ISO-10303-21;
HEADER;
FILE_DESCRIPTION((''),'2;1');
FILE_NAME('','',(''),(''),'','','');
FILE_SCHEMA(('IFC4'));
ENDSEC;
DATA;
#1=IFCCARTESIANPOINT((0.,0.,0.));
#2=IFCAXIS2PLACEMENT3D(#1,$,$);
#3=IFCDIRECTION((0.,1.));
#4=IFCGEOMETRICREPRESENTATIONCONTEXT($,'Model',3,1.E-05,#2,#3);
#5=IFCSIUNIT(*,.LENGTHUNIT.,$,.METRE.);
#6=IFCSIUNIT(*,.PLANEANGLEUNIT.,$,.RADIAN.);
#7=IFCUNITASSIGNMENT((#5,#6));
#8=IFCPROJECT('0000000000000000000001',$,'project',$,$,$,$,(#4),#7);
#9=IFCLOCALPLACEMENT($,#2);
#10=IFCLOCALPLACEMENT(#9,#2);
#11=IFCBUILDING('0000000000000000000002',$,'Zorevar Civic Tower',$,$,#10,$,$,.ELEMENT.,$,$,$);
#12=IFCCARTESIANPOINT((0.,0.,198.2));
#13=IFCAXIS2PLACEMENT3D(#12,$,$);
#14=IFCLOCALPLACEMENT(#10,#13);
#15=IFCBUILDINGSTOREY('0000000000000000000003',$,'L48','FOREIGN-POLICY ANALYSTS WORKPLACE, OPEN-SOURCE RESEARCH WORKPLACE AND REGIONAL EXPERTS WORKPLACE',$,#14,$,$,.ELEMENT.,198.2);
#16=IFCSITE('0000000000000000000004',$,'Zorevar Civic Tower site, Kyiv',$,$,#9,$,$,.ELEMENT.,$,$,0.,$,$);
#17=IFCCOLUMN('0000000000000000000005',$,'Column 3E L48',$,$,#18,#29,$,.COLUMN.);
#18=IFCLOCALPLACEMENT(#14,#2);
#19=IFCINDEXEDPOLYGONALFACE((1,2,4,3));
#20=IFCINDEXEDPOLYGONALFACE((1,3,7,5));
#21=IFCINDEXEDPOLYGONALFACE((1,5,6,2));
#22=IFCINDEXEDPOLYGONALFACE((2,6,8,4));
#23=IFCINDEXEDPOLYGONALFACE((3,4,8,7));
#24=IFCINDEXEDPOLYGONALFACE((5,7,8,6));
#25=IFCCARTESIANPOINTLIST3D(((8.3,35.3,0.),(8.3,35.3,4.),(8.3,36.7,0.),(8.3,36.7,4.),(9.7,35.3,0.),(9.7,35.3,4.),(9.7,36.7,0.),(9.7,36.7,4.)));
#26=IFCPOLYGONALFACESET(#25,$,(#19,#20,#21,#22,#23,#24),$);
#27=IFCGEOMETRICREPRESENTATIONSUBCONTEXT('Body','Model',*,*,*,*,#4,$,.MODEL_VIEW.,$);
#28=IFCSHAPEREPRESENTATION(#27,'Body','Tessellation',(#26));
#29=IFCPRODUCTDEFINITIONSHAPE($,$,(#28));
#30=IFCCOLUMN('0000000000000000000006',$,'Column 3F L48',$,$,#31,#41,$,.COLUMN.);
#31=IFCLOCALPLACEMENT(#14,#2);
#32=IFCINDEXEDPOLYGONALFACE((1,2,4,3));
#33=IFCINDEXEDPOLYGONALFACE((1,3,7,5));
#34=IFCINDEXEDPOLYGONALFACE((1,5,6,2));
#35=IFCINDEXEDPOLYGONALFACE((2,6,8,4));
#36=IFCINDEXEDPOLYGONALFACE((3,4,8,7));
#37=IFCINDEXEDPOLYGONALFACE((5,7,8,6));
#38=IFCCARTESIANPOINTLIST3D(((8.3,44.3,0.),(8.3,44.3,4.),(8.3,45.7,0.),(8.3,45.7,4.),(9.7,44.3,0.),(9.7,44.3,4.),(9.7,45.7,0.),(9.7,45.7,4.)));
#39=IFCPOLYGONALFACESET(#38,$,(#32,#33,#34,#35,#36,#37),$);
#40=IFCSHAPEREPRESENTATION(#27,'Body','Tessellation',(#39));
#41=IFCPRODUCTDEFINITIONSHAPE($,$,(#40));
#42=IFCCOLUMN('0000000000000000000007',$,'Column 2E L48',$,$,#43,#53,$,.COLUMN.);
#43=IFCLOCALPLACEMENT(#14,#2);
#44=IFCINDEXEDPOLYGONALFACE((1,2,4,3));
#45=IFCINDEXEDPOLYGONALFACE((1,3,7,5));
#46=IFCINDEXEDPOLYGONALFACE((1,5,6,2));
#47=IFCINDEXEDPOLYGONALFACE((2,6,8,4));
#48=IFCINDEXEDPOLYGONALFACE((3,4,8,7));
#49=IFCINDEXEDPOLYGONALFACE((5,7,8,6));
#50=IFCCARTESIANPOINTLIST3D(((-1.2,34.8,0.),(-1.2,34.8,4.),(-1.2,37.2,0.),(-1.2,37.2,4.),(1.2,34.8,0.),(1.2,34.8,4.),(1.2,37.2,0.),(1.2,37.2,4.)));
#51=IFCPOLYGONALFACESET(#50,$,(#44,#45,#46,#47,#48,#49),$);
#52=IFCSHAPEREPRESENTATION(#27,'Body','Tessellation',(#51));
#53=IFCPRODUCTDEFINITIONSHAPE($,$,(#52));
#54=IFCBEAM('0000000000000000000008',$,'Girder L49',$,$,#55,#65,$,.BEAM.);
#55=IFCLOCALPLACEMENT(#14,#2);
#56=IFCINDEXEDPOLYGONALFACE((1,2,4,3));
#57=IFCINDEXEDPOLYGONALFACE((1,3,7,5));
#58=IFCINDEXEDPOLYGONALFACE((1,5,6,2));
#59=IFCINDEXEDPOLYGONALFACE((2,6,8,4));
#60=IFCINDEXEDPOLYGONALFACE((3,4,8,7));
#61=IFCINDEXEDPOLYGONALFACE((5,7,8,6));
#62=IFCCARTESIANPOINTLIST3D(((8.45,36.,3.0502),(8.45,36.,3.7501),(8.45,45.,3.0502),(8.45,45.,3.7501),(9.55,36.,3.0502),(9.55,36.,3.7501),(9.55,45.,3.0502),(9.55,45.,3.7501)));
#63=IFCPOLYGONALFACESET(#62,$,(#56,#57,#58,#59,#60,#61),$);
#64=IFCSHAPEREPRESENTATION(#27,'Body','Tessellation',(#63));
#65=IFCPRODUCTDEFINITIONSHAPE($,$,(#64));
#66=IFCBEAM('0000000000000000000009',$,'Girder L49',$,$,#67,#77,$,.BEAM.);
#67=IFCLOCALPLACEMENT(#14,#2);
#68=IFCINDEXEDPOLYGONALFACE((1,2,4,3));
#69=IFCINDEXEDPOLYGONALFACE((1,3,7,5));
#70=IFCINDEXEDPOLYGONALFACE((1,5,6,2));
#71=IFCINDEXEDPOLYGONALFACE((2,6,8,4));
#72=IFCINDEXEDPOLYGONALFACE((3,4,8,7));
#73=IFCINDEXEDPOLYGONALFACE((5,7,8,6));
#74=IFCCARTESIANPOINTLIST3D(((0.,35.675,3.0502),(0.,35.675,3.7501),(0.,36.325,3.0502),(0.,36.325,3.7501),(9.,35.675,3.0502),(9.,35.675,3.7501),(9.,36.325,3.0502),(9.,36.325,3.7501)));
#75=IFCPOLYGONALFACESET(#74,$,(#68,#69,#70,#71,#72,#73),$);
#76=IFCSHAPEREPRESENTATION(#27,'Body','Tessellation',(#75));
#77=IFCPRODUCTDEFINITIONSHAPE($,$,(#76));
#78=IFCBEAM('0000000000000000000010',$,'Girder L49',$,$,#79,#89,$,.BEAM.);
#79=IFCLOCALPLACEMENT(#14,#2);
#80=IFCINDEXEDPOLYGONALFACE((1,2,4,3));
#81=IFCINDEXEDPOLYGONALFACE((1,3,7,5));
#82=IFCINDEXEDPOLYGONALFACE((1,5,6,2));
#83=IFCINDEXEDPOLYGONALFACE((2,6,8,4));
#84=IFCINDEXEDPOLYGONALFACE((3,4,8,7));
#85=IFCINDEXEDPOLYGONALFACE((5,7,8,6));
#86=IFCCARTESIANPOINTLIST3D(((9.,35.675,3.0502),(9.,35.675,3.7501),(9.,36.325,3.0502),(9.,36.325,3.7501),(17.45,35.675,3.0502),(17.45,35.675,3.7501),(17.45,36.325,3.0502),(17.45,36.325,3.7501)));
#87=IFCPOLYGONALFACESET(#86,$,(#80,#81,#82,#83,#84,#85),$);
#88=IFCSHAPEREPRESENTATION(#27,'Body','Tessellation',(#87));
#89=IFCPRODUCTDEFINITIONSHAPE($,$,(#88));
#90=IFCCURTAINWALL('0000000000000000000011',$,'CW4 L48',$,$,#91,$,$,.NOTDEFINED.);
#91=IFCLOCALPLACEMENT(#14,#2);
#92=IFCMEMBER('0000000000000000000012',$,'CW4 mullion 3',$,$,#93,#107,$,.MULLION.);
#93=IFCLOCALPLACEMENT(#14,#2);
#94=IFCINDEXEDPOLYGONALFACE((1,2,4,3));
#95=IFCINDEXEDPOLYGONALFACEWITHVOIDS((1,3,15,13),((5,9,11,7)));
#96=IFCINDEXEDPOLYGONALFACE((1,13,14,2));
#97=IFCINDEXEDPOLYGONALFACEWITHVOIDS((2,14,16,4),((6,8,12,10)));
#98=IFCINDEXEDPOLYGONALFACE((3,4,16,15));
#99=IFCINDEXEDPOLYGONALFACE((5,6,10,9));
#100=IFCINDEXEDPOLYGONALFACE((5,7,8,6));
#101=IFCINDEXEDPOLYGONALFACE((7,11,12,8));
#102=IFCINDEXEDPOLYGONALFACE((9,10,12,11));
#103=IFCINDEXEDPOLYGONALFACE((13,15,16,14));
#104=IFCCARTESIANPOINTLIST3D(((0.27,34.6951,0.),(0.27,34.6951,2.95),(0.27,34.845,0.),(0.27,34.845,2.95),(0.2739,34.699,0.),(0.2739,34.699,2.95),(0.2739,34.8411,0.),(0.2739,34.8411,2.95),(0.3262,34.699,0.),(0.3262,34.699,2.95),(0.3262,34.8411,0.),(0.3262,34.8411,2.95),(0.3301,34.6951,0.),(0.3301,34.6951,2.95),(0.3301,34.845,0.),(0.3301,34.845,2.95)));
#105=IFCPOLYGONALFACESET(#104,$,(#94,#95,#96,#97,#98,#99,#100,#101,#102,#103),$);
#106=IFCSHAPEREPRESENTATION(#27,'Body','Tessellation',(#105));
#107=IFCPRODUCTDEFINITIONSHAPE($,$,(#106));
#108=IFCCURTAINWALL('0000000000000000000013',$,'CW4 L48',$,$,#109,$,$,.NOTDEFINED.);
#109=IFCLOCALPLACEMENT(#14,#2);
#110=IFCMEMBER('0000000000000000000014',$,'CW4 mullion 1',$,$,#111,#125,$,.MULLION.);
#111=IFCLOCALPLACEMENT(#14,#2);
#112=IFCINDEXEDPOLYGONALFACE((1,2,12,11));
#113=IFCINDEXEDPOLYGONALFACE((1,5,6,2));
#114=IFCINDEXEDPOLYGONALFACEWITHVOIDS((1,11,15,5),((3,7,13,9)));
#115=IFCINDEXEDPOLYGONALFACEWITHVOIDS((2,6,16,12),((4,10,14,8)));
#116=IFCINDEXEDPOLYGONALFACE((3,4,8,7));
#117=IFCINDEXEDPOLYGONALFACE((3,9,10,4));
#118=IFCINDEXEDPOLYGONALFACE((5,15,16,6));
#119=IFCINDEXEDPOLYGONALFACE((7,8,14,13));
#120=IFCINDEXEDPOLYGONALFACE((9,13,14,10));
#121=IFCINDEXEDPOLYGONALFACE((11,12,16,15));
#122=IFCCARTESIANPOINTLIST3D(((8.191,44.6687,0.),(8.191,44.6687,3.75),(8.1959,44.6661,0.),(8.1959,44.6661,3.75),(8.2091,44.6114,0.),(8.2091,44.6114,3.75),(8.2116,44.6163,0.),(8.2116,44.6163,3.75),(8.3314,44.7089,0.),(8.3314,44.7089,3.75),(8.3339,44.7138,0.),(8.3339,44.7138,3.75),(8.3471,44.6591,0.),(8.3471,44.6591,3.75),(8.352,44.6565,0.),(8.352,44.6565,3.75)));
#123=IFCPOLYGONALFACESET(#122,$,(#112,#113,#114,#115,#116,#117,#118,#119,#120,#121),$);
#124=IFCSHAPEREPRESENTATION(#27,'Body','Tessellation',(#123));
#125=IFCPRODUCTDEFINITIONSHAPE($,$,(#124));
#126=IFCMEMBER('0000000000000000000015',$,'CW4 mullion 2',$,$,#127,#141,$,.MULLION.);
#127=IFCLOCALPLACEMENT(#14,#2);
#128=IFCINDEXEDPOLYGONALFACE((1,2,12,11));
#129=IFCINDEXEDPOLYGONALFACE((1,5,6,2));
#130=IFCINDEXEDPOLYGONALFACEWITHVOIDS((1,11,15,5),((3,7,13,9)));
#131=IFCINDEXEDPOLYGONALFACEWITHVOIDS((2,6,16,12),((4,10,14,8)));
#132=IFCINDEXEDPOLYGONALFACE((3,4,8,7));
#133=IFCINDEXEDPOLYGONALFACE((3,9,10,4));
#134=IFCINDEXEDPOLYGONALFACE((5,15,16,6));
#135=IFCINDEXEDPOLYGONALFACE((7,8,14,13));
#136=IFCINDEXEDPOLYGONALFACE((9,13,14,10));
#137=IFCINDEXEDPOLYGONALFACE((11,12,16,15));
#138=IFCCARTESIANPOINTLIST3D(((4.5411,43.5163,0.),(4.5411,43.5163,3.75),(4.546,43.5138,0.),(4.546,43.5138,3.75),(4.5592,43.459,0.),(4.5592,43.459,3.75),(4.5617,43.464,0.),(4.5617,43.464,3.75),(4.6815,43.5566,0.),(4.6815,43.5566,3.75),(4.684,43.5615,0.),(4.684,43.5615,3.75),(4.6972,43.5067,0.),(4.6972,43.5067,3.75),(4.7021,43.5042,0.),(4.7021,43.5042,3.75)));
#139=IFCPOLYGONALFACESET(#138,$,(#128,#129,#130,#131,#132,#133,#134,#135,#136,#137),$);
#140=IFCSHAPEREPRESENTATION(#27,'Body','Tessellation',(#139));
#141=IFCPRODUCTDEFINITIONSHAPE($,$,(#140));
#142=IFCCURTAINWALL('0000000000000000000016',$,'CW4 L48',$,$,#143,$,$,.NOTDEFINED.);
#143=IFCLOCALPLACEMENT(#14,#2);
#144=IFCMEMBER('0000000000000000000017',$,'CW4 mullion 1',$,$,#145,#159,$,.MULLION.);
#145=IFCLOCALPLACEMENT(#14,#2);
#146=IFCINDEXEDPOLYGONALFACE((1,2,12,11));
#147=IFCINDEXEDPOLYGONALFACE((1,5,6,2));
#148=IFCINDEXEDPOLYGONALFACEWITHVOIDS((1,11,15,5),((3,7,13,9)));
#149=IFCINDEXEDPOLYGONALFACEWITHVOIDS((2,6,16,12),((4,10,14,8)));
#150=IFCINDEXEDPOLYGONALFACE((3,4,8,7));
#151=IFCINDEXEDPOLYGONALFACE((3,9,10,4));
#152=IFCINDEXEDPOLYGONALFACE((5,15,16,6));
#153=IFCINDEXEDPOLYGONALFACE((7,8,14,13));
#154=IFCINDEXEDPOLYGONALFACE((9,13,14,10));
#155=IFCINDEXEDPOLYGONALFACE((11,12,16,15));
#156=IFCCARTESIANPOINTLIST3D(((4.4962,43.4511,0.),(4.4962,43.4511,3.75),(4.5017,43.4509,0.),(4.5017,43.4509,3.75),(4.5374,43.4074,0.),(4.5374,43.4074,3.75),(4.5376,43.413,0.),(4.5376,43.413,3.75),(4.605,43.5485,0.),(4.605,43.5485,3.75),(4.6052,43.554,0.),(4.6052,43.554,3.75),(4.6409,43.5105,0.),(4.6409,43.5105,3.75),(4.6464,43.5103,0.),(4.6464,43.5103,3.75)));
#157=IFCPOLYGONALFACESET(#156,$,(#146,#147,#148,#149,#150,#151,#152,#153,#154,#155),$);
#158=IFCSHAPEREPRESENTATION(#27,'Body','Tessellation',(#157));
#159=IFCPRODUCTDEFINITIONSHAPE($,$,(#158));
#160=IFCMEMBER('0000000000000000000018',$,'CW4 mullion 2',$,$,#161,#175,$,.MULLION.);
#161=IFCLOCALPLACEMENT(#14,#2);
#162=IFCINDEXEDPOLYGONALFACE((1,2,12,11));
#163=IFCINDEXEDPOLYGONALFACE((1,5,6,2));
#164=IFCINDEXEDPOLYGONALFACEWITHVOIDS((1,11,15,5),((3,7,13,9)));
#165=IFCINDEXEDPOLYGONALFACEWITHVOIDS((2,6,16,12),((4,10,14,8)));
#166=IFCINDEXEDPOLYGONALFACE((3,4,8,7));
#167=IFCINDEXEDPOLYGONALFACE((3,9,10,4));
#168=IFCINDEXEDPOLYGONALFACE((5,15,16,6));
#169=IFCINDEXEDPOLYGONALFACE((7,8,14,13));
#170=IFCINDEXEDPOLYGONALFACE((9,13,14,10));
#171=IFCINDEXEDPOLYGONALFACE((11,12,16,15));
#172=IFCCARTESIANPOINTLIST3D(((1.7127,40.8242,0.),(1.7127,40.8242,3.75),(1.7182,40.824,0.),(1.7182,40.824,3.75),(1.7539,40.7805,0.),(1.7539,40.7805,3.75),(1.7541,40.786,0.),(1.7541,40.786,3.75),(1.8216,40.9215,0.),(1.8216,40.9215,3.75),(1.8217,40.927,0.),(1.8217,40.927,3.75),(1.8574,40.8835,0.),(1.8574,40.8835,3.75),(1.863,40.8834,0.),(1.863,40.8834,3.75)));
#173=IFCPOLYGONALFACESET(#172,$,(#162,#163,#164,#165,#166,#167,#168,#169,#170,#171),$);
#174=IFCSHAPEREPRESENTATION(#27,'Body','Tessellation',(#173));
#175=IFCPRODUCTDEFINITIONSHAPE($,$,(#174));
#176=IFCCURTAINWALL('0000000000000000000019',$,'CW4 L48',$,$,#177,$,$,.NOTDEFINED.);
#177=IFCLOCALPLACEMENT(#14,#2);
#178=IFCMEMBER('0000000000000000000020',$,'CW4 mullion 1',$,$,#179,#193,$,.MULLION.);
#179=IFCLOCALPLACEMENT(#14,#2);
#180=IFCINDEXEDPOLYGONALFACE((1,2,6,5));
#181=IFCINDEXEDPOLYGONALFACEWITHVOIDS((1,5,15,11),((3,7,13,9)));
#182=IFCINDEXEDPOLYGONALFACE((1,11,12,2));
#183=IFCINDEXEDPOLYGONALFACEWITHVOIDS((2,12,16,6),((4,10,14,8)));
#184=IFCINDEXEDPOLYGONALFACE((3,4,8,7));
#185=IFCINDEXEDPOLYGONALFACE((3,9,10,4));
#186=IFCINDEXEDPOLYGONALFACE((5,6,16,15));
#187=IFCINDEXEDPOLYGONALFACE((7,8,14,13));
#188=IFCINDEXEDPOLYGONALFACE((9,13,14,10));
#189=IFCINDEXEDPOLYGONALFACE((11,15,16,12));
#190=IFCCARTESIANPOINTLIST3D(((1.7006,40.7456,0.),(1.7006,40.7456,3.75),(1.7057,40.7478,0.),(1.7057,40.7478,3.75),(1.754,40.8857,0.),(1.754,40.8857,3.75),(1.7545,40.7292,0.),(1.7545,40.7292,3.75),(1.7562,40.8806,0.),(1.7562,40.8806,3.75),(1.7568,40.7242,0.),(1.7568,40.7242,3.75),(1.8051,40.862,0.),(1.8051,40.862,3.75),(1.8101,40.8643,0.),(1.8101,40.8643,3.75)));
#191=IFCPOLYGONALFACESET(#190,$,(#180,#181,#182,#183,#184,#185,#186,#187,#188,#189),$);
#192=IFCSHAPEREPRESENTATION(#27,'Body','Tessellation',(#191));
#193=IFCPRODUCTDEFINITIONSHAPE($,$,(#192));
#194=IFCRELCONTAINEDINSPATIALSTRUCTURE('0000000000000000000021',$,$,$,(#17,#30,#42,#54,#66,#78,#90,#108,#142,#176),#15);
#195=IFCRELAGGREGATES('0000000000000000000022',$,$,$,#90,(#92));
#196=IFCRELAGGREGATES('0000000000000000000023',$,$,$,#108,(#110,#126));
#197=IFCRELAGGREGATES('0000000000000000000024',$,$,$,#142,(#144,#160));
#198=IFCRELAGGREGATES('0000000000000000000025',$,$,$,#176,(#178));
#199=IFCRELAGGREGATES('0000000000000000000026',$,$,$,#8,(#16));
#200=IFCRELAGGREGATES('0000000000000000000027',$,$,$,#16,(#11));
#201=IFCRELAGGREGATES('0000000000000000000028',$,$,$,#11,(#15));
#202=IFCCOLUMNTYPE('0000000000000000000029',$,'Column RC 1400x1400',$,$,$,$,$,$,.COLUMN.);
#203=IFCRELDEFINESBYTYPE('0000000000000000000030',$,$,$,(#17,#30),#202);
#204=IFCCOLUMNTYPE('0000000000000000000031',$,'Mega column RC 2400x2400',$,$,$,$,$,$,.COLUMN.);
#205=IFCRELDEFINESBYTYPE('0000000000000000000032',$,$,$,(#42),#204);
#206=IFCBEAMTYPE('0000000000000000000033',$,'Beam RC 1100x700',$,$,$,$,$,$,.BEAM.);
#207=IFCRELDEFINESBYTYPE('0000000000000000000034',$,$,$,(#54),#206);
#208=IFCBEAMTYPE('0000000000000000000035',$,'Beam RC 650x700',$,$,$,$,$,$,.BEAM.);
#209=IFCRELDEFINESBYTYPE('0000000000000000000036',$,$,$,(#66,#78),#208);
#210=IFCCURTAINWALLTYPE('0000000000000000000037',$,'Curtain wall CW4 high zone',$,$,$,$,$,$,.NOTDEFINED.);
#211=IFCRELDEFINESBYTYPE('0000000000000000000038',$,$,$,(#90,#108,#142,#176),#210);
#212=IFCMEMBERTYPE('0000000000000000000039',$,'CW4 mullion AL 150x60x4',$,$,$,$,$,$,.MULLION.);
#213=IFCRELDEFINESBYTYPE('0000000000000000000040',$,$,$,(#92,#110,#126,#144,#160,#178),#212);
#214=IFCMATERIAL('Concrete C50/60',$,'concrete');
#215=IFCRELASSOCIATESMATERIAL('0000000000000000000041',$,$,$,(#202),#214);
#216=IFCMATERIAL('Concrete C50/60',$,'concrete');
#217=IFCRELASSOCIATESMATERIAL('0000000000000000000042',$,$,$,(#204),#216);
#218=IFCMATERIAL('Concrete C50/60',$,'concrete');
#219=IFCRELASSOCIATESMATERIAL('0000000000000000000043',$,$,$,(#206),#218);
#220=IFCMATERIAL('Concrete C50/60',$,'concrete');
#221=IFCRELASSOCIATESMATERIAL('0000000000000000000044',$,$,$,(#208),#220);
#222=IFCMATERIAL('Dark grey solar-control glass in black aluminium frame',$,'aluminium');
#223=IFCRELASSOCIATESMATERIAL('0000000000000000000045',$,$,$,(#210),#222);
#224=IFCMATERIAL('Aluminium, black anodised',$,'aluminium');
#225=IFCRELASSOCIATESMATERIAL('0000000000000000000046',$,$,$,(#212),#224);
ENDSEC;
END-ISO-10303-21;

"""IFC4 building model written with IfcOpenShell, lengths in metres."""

from ifc_helpers import new_model, si_unit, direction, frame, origin, origin_2d, place, context, subcontext, project, spatial, rectangle, hollow_rectangle, extrude, material, material_profile, profile_set, type_object, element, aggregate, save


model = new_model("IFC4")

# Units and contexts
model_context = context("Model", 3, precision=1e-05, world=origin(), true_north=direction((0.0, 1.0)))
body_context = subcontext(model_context, "Body", "Model", "MODEL_VIEW")
ifc_project = project(units=[si_unit("LENGTHUNIT", "METRE"), si_unit("PLANEANGLEUNIT", "RADIAN")], contexts=[model_context])

# Site, building, storey
site_placement = place(None, origin())
site = spatial("IfcSite", under=ifc_project, at=site_placement, Name="Zorevar Civic Tower site, Kyiv", CompositionType="ELEMENT", RefElevation=0.0)
building_placement = place(site_placement, origin())
building = spatial("IfcBuilding", under=site, at=building_placement, Name="Zorevar Civic Tower", CompositionType="ELEMENT")
storey_placement = place(building_placement, frame((0.0, 0.0, 198.2)))
storey = spatial("IfcBuildingStorey", under=building, at=storey_placement, Name="L48", Description="FOREIGN-POLICY ANALYSTS WORKPLACE, OPEN-SOURCE RESEARCH WORKPLACE AND REGIONAL EXPERTS WORKPLACE", CompositionType="ELEMENT", Elevation=198.2)

# Columns
ifc_material_1 = material(Name="Concrete C50/60", Category="concrete")
ifc_material_profile_1 = material_profile(ifc_material_1, rectangle(XDim=1.3999, YDim=1.3999, at=origin_2d()), Name="RC 1400x1400")
ifc_profile_set_1 = profile_set([ifc_material_profile_1], Name="Concrete C50/60")
column_type_1 = type_object("IfcColumnType", Name="Column RC 1400x1400", PredefinedType="COLUMN", material=ifc_profile_set_1)
for number, where, z_axis, x_axis, name in (
    (1, (9.0, 36.0, 0.0), (0.0, 0.0, 1.0), (1.0, 0.0, 0.0), "Column 3E L48"),
    (2, (9.0, 45.0, 0.0), (0.0, 0.0, 1.0), (1.0, 0.0, 0.0), "Column 3F L48"),
):
    element("IfcColumn", number, at=place(storey_placement, frame(where, z_axis=z_axis, x_axis=x_axis)), inside=storey, type_object=column_type_1, Name=name, PredefinedType="COLUMN", context=body_context, shape_type="SweptSolid", body=[
        extrude(rectangle(XDim=1.3999, YDim=1.3999, at=origin_2d()), origin(), (0.0, 0.0, 1.0), 4.0),
    ])
ifc_material_2 = material(Name="Concrete C50/60", Category="concrete")
ifc_material_profile_2 = material_profile(ifc_material_2, rectangle(XDim=2.3999, YDim=2.3999, at=origin_2d()), Name="RC 2400x2400")
ifc_profile_set_2 = profile_set([ifc_material_profile_2], Name="Concrete C50/60")
column_type_2 = type_object("IfcColumnType", Name="Mega column RC 2400x2400", PredefinedType="COLUMN", material=ifc_profile_set_2)
column_placement = place(storey_placement, frame((0.0, 36.0, 0.0), z_axis=(0.0, 0.0, 1.0), x_axis=(1.0, 0.0, 0.0)))
element("IfcColumn", 3, at=column_placement, inside=storey, type_object=column_type_2, Name="Column 2E L48", PredefinedType="COLUMN", context=body_context, shape_type="SweptSolid", body=[
    extrude(rectangle(XDim=2.3999, YDim=2.3999, at=origin_2d()), origin(), (0.0, 0.0, 1.0), 4.0),
])

# Beams
ifc_material_3 = material(Name="Concrete C50/60", Category="concrete")
ifc_material_profile_3 = material_profile(ifc_material_3, rectangle(XDim=1.1001, YDim=0.7, at=origin_2d()), Name="RC 1100x700")
ifc_profile_set_3 = profile_set([ifc_material_profile_3], Name="Concrete C50/60")
beam_type_1 = type_object("IfcBeamType", Name="Beam RC 1100x700", PredefinedType="BEAM", material=ifc_profile_set_3)
beam_1_placement = place(storey_placement, frame((9.0, 36.0, 3.4001), z_axis=(0.0, 1.0, 0.0), x_axis=(-1.0, 0.0, 0.0)))
element("IfcBeam", 4, at=beam_1_placement, inside=storey, type_object=beam_type_1, Name="Girder L49", PredefinedType="BEAM", context=body_context, shape_type="SweptSolid", body=[
    extrude(rectangle(XDim=1.1001, YDim=0.7, at=origin_2d()), origin(), (0.0, 0.0, 1.0), 9.0),
])
ifc_material_4 = material(Name="Concrete C50/60", Category="concrete")
ifc_material_profile_4 = material_profile(ifc_material_4, rectangle(XDim=0.6499, YDim=0.7, at=origin_2d()), Name="RC 650x700")
ifc_profile_set_4 = profile_set([ifc_material_profile_4], Name="Concrete C50/60")
beam_type_2 = type_object("IfcBeamType", Name="Beam RC 650x700", PredefinedType="BEAM", material=ifc_profile_set_4)
beam_2_placement = place(storey_placement, frame((0.0, 36.0, 3.4001), z_axis=(1.0, 0.0, 0.0), x_axis=(0.0, 1.0, 0.0)))
element("IfcBeam", 5, at=beam_2_placement, inside=storey, type_object=beam_type_2, Name="Girder L49", PredefinedType="BEAM", context=body_context, shape_type="SweptSolid", body=[
    extrude(rectangle(XDim=0.6499, YDim=0.7, at=origin_2d()), origin(), (0.0, 0.0, 1.0), 9.0),
])
beam_3_placement = place(storey_placement, frame((9.0, 36.0, 3.4001), z_axis=(1.0, 0.0, 0.0), x_axis=(0.0, 1.0, 0.0)))
element("IfcBeam", 6, at=beam_3_placement, inside=storey, type_object=beam_type_2, Name="Girder L49", PredefinedType="BEAM", context=body_context, shape_type="SweptSolid", body=[
    extrude(rectangle(XDim=0.6499, YDim=0.7, at=origin_2d()), origin(), (0.0, 0.0, 1.0), 8.45),
])

# Curtain wall, member
ifc_material_5 = material(Name="Dark grey solar-control glass in black aluminium frame", Category="aluminium")
curtain_wall_type = type_object("IfcCurtainWallType", Name="Curtain wall CW4 high zone", PredefinedType="NOTDEFINED", material=ifc_material_5)
curtain_wall_1_placement = place(storey_placement, origin())
curtain_wall_1 = element("IfcCurtainWall", 7, at=curtain_wall_1_placement, inside=storey, type_object=curtain_wall_type, Name="CW4 L48", PredefinedType="NOTDEFINED")
ifc_material_6 = material(Name="Aluminium, black anodised", Category="aluminium")
ifc_material_profile_5 = material_profile(ifc_material_6, hollow_rectangle(XDim=0.0601, YDim=0.1499, WallThickness=0.0039, at=origin_2d()), Name="AL 150x60x4")
ifc_profile_set_5 = profile_set([ifc_material_profile_5], Name="Aluminium, black anodised")
member_type_1 = type_object("IfcMemberType", Name="CW4 mullion AL 150x60x4", PredefinedType="MULLION", material=ifc_profile_set_5)
member_1_placement = place(storey_placement, frame((0.3, 34.77, 0.0), z_axis=(0.0, 0.0, 1.0), x_axis=(-1.0, 0.0, 0.0)))
member_1 = element("IfcMember", 8, at=member_1_placement, type_object=member_type_1, Name="CW4 mullion 3", PredefinedType="MULLION", context=body_context, shape_type="SweptSolid", body=[
    extrude(hollow_rectangle(XDim=0.0601, YDim=0.1499, WallThickness=0.0039, at=origin_2d()), origin(), (0.0, 0.0, 1.0), 2.95),
])

# Curtain walls, members
curtain_wall_2_placement = place(storey_placement, origin())
curtain_wall_2 = element("IfcCurtainWall", 9, at=curtain_wall_2_placement, inside=storey, type_object=curtain_wall_type, Name="CW4 L48", PredefinedType="NOTDEFINED")
member_2_placement = place(storey_placement, frame((8.2715, 44.6626, 0.0), z_axis=(0.0, 0.0, 1.0), x_axis=(0.301108, -0.95359, 0.0)))
member_2 = element("IfcMember", 10, at=member_2_placement, type_object=member_type_1, Name="CW4 mullion 1", PredefinedType="MULLION", context=body_context, shape_type="SweptSolid", body=[
    extrude(hollow_rectangle(XDim=0.0601, YDim=0.1499, WallThickness=0.0039, at=origin_2d()), origin(), (0.0, 0.0, 1.0), 3.75),
])
member_3_placement = place(storey_placement, frame((4.6216, 43.5103, 0.0), z_axis=(0.0, 0.0, 1.0), x_axis=(0.301108, -0.95359, 0.0)))
member_3 = element("IfcMember", 11, at=member_3_placement, type_object=member_type_1, Name="CW4 mullion 2", PredefinedType="MULLION", context=body_context, shape_type="SweptSolid", body=[
    extrude(hollow_rectangle(XDim=0.0601, YDim=0.1499, WallThickness=0.0039, at=origin_2d()), origin(), (0.0, 0.0, 1.0), 3.75),
])
curtain_wall_3_placement = place(storey_placement, origin())
curtain_wall_3 = element("IfcCurtainWall", 12, at=curtain_wall_3_placement, inside=storey, type_object=curtain_wall_type, Name="CW4 L48", PredefinedType="NOTDEFINED")
member_4_placement = place(storey_placement, frame((4.5713, 43.4807, 0.0), z_axis=(0.0, 0.0, 1.0), x_axis=(0.686378, -0.727245, 0.0)))
member_4 = element("IfcMember", 13, at=member_4_placement, type_object=member_type_1, Name="CW4 mullion 1", PredefinedType="MULLION", context=body_context, shape_type="SweptSolid", body=[
    extrude(hollow_rectangle(XDim=0.0601, YDim=0.1499, WallThickness=0.0039, at=origin_2d()), origin(), (0.0, 0.0, 1.0), 3.75),
])
member_5_placement = place(storey_placement, frame((1.7878, 40.8538, 0.0), z_axis=(0.0, 0.0, 1.0), x_axis=(0.686378, -0.727245, 0.0)))
member_5 = element("IfcMember", 14, at=member_5_placement, type_object=member_type_1, Name="CW4 mullion 2", PredefinedType="MULLION", context=body_context, shape_type="SweptSolid", body=[
    extrude(hollow_rectangle(XDim=0.0601, YDim=0.1499, WallThickness=0.0039, at=origin_2d()), origin(), (0.0, 0.0, 1.0), 3.75),
])
curtain_wall_4_placement = place(storey_placement, origin())
curtain_wall_4 = element("IfcCurtainWall", 15, at=curtain_wall_4_placement, inside=storey, type_object=curtain_wall_type, Name="CW4 L48", PredefinedType="NOTDEFINED")
member_6_placement = place(storey_placement, frame((1.7554, 40.8049, 0.0), z_axis=(0.0, 0.0, 1.0), x_axis=(0.934588, -0.355731, 0.0)))
member_6 = element("IfcMember", 16, at=member_6_placement, type_object=member_type_1, Name="CW4 mullion 1", PredefinedType="MULLION", context=body_context, shape_type="SweptSolid", body=[
    extrude(hollow_rectangle(XDim=0.0601, YDim=0.1499, WallThickness=0.0039, at=origin_2d()), origin(), (0.0, 0.0, 1.0), 3.75),
])

aggregate(curtain_wall_1, [member_1])
aggregate(curtain_wall_2, [member_2, member_3])
aggregate(curtain_wall_3, [member_4, member_5])
aggregate(curtain_wall_4, [member_6])

save(model, "model.ifc")
